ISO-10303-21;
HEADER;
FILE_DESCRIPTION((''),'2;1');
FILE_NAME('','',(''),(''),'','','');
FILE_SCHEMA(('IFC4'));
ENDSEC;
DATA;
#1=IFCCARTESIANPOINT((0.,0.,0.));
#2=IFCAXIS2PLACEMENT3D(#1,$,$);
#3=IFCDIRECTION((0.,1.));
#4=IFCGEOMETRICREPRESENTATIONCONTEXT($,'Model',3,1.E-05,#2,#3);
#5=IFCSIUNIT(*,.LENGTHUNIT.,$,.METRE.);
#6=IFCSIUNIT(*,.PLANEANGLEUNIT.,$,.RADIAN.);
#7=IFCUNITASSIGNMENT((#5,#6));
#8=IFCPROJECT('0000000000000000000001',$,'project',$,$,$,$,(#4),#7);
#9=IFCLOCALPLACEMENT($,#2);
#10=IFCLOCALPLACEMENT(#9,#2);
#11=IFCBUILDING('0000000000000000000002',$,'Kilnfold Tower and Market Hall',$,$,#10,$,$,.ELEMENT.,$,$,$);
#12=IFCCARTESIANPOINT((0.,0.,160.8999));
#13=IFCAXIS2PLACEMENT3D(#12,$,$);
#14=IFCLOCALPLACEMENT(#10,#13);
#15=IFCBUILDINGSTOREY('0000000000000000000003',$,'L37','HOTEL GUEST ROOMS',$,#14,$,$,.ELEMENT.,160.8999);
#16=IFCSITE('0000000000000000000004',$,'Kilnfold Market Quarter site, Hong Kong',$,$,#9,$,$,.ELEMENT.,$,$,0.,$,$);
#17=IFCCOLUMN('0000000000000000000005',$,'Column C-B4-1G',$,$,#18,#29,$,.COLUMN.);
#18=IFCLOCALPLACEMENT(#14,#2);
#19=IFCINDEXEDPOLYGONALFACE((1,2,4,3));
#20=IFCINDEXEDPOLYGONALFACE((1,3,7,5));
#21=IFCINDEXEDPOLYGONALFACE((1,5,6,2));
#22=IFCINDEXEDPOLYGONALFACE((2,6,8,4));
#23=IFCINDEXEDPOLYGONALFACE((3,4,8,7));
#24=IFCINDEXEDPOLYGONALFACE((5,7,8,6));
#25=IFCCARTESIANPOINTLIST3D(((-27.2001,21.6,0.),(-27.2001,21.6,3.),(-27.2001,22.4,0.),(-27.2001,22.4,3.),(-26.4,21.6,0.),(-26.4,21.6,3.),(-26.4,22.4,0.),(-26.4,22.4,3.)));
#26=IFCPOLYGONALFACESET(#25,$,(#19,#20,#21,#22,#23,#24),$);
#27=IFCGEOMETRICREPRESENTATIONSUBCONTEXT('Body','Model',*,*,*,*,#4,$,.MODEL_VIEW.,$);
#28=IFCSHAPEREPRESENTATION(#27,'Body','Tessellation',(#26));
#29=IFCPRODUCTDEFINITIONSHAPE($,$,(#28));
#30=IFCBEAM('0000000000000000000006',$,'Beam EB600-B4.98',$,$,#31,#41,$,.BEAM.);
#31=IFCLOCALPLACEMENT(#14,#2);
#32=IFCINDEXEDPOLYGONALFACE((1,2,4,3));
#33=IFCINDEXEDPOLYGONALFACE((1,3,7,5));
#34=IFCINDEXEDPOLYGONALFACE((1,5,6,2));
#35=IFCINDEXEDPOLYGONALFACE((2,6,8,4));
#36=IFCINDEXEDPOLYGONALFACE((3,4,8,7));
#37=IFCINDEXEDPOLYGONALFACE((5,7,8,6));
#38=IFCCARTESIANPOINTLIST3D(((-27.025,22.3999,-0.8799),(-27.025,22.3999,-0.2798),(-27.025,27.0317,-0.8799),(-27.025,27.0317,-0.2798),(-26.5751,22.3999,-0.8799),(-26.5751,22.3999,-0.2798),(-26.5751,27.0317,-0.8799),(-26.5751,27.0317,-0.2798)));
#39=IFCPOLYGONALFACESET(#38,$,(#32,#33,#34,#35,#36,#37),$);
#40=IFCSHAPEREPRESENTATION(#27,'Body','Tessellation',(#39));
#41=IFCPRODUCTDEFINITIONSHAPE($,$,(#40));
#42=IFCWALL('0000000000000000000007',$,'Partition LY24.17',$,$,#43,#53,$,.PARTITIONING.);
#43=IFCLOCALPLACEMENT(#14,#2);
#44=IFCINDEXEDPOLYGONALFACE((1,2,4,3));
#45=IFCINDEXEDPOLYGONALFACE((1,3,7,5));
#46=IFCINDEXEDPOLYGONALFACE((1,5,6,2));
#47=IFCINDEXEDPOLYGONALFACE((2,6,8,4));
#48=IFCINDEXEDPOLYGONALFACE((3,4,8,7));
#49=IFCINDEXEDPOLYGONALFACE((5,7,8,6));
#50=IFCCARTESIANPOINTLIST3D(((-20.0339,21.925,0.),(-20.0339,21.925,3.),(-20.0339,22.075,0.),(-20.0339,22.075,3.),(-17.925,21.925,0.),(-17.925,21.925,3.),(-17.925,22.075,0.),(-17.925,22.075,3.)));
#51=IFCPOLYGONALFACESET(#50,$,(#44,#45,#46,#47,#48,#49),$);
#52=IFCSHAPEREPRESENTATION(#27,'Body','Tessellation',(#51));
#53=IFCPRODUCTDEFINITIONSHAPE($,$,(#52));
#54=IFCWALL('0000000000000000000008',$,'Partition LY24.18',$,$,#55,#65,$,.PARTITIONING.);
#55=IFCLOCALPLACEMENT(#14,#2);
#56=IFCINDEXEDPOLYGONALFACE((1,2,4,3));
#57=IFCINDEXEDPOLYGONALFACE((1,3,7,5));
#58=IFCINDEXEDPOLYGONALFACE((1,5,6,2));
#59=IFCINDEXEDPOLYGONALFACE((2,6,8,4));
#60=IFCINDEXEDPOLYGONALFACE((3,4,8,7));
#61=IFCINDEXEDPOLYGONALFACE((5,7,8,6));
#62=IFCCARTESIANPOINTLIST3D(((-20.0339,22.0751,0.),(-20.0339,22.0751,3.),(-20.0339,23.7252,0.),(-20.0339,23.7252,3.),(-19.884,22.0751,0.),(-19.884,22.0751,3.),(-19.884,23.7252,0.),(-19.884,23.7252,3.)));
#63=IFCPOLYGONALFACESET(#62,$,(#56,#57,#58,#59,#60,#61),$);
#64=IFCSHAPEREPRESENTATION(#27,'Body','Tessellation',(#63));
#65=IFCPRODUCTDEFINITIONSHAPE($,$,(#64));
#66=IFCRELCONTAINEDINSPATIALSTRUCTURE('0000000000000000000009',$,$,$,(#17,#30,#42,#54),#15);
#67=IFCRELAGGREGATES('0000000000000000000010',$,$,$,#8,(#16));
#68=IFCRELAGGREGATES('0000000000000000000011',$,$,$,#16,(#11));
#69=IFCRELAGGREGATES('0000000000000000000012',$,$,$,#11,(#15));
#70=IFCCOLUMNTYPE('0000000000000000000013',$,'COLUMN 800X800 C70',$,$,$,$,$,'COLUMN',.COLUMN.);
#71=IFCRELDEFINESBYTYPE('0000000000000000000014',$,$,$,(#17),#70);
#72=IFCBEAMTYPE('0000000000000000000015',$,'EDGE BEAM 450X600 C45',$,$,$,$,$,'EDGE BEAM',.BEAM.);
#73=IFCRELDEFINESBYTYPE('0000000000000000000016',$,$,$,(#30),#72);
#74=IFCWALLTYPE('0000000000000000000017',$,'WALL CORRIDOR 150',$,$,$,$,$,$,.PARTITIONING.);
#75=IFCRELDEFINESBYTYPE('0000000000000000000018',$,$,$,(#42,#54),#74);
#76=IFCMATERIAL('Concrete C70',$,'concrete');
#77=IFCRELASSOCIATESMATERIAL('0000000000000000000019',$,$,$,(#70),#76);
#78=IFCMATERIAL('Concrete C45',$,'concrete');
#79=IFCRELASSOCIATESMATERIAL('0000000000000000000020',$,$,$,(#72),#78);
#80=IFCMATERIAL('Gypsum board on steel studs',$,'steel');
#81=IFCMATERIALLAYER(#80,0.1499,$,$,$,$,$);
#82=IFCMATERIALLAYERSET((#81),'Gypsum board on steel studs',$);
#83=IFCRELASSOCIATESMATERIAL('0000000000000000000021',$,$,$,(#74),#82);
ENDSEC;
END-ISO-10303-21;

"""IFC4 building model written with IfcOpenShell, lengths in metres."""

from ifc_helpers import new_model, si_unit, direction, frame, frame_2d, origin, origin_2d, place, context, subcontext, project, spatial, rectangle, extrude, source, transform, mapped, material, layer, layer_set, material_profile, profile_set, type_object, element, save


model = new_model("IFC4")

# Units and contexts
model_context = context("Model", 3, precision=1e-05, world=origin(), true_north=direction((0.0, 1.0)))
body_context = subcontext(model_context, "Body", "Model", "MODEL_VIEW")
ifc_project = project(units=[si_unit("LENGTHUNIT", "METRE"), si_unit("PLANEANGLEUNIT", "RADIAN")], contexts=[model_context])

# Site, building, storey
site_placement = place(None, origin())
site = spatial("IfcSite", under=ifc_project, at=site_placement, Name="Kilnfold Market Quarter site, Hong Kong", CompositionType="ELEMENT", RefElevation=0.0)
building_placement = place(site_placement, origin())
building = spatial("IfcBuilding", under=site, at=building_placement, Name="Kilnfold Tower and Market Hall", CompositionType="ELEMENT")
storey_placement = place(building_placement, frame((0.0, 0.0, 160.8999)))
storey = spatial("IfcBuildingStorey", under=building, at=storey_placement, Name="L37", Description="HOTEL GUEST ROOMS", CompositionType="ELEMENT", Elevation=160.8999)

# Column
ifc_material_1 = material(Name="Concrete C70", Category="concrete")
ifc_material_profile_1 = material_profile(ifc_material_1, rectangle(XDim=0.8, YDim=0.8, at=origin_2d()), Name="RC 800x800")
ifc_profile_set_1 = profile_set([ifc_material_profile_1], Name="Concrete C70")
column_type = type_object("IfcColumnType", Name="COLUMN 800X800 C70", ElementType="COLUMN", PredefinedType="COLUMN", material=ifc_profile_set_1)
shared_shape_1 = source(origin(), body_context, "Body", "SweptSolid", [
    extrude(rectangle(XDim=0.8, YDim=0.8, at=origin_2d()), origin(), (0.0, 0.0, 1.0), 3.0),
])
column_placement = place(storey_placement, frame((-26.8, 22.0, 0.0), z_axis=(0.0, 0.0, 1.0), x_axis=(1.0, 0.0, 0.0)))
element("IfcColumn", 1, at=column_placement, inside=storey, type_object=column_type, Name="Column C-B4-1G", PredefinedType="COLUMN", context=body_context, shape_type="MappedRepresentation", body=[
    mapped(shared_shape_1, transform((0.0, 0.0, 0.0))),
])

# Beam
ifc_material_2 = material(Name="Concrete C45", Category="concrete")
ifc_material_profile_2 = material_profile(ifc_material_2, rectangle(XDim=0.45, YDim=0.6001, at=origin_2d()), Name="RC 450x600")
ifc_profile_set_2 = profile_set([ifc_material_profile_2], Name="Concrete C45")
beam_type = type_object("IfcBeamType", Name="EDGE BEAM 450X600 C45", ElementType="EDGE BEAM", PredefinedType="BEAM", material=ifc_profile_set_2)
shared_shape_2 = source(origin(), body_context, "Body", "SweptSolid", [
    extrude(rectangle(XDim=0.45, YDim=0.6001, at=origin_2d()), origin(), (0.0, 0.0, 1.0), 4.6318),
])
beam_placement = place(storey_placement, frame((-26.8, 22.3999, -0.5798), z_axis=(0.0, 1.0, 0.0), x_axis=(-1.0, 0.0, 0.0)))
element("IfcBeam", 2, at=beam_placement, inside=storey, type_object=beam_type, Name="Beam EB600-B4.98", PredefinedType="BEAM", context=body_context, shape_type="MappedRepresentation", body=[
    mapped(shared_shape_2, transform((0.0, 0.0, 0.0))),
])

# Walls
ifc_material_3 = material(Name="Gypsum board on steel studs", Category="steel")
ifc_layer_1 = layer(ifc_material_3, 0.1499)
ifc_layer_set_1 = layer_set([ifc_layer_1], Name="Gypsum board on steel studs")
wall_type_1 = type_object("IfcWallType", Name="WALL CORRIDOR 150", PredefinedType="PARTITIONING", material=ifc_layer_set_1)
wall_1_placement = place(storey_placement, frame((-20.0339, 22.0, 0.0), z_axis=(0.0, 0.0, 1.0), x_axis=(1.0, 0.0, 0.0)))
element("IfcWall", 3, at=wall_1_placement, inside=storey, type_object=wall_type_1, Name="Partition LY24.17", PredefinedType="PARTITIONING", context=body_context, shape_type="SweptSolid", body=[
    extrude(rectangle(XDim=2.1089, YDim=0.1499, at=frame_2d((1.0544, 0.0))), origin(), (0.0, 0.0, 1.0), 3.0),
])
wall_2_placement = place(storey_placement, frame((-19.959, 22.075, 0.0), z_axis=(0.0, 0.0, 1.0), x_axis=(0.0, 1.0, 0.0)))
element("IfcWall", 4, at=wall_2_placement, inside=storey, type_object=wall_type_1, Name="Partition LY24.18", PredefinedType="PARTITIONING", context=body_context, shape_type="SweptSolid", body=[
    extrude(rectangle(XDim=1.6501, YDim=0.1499, at=frame_2d((0.8252, 0.0))), origin(), (0.0, 0.0, 1.0), 3.0),
])

save(model, "model.ifc")
